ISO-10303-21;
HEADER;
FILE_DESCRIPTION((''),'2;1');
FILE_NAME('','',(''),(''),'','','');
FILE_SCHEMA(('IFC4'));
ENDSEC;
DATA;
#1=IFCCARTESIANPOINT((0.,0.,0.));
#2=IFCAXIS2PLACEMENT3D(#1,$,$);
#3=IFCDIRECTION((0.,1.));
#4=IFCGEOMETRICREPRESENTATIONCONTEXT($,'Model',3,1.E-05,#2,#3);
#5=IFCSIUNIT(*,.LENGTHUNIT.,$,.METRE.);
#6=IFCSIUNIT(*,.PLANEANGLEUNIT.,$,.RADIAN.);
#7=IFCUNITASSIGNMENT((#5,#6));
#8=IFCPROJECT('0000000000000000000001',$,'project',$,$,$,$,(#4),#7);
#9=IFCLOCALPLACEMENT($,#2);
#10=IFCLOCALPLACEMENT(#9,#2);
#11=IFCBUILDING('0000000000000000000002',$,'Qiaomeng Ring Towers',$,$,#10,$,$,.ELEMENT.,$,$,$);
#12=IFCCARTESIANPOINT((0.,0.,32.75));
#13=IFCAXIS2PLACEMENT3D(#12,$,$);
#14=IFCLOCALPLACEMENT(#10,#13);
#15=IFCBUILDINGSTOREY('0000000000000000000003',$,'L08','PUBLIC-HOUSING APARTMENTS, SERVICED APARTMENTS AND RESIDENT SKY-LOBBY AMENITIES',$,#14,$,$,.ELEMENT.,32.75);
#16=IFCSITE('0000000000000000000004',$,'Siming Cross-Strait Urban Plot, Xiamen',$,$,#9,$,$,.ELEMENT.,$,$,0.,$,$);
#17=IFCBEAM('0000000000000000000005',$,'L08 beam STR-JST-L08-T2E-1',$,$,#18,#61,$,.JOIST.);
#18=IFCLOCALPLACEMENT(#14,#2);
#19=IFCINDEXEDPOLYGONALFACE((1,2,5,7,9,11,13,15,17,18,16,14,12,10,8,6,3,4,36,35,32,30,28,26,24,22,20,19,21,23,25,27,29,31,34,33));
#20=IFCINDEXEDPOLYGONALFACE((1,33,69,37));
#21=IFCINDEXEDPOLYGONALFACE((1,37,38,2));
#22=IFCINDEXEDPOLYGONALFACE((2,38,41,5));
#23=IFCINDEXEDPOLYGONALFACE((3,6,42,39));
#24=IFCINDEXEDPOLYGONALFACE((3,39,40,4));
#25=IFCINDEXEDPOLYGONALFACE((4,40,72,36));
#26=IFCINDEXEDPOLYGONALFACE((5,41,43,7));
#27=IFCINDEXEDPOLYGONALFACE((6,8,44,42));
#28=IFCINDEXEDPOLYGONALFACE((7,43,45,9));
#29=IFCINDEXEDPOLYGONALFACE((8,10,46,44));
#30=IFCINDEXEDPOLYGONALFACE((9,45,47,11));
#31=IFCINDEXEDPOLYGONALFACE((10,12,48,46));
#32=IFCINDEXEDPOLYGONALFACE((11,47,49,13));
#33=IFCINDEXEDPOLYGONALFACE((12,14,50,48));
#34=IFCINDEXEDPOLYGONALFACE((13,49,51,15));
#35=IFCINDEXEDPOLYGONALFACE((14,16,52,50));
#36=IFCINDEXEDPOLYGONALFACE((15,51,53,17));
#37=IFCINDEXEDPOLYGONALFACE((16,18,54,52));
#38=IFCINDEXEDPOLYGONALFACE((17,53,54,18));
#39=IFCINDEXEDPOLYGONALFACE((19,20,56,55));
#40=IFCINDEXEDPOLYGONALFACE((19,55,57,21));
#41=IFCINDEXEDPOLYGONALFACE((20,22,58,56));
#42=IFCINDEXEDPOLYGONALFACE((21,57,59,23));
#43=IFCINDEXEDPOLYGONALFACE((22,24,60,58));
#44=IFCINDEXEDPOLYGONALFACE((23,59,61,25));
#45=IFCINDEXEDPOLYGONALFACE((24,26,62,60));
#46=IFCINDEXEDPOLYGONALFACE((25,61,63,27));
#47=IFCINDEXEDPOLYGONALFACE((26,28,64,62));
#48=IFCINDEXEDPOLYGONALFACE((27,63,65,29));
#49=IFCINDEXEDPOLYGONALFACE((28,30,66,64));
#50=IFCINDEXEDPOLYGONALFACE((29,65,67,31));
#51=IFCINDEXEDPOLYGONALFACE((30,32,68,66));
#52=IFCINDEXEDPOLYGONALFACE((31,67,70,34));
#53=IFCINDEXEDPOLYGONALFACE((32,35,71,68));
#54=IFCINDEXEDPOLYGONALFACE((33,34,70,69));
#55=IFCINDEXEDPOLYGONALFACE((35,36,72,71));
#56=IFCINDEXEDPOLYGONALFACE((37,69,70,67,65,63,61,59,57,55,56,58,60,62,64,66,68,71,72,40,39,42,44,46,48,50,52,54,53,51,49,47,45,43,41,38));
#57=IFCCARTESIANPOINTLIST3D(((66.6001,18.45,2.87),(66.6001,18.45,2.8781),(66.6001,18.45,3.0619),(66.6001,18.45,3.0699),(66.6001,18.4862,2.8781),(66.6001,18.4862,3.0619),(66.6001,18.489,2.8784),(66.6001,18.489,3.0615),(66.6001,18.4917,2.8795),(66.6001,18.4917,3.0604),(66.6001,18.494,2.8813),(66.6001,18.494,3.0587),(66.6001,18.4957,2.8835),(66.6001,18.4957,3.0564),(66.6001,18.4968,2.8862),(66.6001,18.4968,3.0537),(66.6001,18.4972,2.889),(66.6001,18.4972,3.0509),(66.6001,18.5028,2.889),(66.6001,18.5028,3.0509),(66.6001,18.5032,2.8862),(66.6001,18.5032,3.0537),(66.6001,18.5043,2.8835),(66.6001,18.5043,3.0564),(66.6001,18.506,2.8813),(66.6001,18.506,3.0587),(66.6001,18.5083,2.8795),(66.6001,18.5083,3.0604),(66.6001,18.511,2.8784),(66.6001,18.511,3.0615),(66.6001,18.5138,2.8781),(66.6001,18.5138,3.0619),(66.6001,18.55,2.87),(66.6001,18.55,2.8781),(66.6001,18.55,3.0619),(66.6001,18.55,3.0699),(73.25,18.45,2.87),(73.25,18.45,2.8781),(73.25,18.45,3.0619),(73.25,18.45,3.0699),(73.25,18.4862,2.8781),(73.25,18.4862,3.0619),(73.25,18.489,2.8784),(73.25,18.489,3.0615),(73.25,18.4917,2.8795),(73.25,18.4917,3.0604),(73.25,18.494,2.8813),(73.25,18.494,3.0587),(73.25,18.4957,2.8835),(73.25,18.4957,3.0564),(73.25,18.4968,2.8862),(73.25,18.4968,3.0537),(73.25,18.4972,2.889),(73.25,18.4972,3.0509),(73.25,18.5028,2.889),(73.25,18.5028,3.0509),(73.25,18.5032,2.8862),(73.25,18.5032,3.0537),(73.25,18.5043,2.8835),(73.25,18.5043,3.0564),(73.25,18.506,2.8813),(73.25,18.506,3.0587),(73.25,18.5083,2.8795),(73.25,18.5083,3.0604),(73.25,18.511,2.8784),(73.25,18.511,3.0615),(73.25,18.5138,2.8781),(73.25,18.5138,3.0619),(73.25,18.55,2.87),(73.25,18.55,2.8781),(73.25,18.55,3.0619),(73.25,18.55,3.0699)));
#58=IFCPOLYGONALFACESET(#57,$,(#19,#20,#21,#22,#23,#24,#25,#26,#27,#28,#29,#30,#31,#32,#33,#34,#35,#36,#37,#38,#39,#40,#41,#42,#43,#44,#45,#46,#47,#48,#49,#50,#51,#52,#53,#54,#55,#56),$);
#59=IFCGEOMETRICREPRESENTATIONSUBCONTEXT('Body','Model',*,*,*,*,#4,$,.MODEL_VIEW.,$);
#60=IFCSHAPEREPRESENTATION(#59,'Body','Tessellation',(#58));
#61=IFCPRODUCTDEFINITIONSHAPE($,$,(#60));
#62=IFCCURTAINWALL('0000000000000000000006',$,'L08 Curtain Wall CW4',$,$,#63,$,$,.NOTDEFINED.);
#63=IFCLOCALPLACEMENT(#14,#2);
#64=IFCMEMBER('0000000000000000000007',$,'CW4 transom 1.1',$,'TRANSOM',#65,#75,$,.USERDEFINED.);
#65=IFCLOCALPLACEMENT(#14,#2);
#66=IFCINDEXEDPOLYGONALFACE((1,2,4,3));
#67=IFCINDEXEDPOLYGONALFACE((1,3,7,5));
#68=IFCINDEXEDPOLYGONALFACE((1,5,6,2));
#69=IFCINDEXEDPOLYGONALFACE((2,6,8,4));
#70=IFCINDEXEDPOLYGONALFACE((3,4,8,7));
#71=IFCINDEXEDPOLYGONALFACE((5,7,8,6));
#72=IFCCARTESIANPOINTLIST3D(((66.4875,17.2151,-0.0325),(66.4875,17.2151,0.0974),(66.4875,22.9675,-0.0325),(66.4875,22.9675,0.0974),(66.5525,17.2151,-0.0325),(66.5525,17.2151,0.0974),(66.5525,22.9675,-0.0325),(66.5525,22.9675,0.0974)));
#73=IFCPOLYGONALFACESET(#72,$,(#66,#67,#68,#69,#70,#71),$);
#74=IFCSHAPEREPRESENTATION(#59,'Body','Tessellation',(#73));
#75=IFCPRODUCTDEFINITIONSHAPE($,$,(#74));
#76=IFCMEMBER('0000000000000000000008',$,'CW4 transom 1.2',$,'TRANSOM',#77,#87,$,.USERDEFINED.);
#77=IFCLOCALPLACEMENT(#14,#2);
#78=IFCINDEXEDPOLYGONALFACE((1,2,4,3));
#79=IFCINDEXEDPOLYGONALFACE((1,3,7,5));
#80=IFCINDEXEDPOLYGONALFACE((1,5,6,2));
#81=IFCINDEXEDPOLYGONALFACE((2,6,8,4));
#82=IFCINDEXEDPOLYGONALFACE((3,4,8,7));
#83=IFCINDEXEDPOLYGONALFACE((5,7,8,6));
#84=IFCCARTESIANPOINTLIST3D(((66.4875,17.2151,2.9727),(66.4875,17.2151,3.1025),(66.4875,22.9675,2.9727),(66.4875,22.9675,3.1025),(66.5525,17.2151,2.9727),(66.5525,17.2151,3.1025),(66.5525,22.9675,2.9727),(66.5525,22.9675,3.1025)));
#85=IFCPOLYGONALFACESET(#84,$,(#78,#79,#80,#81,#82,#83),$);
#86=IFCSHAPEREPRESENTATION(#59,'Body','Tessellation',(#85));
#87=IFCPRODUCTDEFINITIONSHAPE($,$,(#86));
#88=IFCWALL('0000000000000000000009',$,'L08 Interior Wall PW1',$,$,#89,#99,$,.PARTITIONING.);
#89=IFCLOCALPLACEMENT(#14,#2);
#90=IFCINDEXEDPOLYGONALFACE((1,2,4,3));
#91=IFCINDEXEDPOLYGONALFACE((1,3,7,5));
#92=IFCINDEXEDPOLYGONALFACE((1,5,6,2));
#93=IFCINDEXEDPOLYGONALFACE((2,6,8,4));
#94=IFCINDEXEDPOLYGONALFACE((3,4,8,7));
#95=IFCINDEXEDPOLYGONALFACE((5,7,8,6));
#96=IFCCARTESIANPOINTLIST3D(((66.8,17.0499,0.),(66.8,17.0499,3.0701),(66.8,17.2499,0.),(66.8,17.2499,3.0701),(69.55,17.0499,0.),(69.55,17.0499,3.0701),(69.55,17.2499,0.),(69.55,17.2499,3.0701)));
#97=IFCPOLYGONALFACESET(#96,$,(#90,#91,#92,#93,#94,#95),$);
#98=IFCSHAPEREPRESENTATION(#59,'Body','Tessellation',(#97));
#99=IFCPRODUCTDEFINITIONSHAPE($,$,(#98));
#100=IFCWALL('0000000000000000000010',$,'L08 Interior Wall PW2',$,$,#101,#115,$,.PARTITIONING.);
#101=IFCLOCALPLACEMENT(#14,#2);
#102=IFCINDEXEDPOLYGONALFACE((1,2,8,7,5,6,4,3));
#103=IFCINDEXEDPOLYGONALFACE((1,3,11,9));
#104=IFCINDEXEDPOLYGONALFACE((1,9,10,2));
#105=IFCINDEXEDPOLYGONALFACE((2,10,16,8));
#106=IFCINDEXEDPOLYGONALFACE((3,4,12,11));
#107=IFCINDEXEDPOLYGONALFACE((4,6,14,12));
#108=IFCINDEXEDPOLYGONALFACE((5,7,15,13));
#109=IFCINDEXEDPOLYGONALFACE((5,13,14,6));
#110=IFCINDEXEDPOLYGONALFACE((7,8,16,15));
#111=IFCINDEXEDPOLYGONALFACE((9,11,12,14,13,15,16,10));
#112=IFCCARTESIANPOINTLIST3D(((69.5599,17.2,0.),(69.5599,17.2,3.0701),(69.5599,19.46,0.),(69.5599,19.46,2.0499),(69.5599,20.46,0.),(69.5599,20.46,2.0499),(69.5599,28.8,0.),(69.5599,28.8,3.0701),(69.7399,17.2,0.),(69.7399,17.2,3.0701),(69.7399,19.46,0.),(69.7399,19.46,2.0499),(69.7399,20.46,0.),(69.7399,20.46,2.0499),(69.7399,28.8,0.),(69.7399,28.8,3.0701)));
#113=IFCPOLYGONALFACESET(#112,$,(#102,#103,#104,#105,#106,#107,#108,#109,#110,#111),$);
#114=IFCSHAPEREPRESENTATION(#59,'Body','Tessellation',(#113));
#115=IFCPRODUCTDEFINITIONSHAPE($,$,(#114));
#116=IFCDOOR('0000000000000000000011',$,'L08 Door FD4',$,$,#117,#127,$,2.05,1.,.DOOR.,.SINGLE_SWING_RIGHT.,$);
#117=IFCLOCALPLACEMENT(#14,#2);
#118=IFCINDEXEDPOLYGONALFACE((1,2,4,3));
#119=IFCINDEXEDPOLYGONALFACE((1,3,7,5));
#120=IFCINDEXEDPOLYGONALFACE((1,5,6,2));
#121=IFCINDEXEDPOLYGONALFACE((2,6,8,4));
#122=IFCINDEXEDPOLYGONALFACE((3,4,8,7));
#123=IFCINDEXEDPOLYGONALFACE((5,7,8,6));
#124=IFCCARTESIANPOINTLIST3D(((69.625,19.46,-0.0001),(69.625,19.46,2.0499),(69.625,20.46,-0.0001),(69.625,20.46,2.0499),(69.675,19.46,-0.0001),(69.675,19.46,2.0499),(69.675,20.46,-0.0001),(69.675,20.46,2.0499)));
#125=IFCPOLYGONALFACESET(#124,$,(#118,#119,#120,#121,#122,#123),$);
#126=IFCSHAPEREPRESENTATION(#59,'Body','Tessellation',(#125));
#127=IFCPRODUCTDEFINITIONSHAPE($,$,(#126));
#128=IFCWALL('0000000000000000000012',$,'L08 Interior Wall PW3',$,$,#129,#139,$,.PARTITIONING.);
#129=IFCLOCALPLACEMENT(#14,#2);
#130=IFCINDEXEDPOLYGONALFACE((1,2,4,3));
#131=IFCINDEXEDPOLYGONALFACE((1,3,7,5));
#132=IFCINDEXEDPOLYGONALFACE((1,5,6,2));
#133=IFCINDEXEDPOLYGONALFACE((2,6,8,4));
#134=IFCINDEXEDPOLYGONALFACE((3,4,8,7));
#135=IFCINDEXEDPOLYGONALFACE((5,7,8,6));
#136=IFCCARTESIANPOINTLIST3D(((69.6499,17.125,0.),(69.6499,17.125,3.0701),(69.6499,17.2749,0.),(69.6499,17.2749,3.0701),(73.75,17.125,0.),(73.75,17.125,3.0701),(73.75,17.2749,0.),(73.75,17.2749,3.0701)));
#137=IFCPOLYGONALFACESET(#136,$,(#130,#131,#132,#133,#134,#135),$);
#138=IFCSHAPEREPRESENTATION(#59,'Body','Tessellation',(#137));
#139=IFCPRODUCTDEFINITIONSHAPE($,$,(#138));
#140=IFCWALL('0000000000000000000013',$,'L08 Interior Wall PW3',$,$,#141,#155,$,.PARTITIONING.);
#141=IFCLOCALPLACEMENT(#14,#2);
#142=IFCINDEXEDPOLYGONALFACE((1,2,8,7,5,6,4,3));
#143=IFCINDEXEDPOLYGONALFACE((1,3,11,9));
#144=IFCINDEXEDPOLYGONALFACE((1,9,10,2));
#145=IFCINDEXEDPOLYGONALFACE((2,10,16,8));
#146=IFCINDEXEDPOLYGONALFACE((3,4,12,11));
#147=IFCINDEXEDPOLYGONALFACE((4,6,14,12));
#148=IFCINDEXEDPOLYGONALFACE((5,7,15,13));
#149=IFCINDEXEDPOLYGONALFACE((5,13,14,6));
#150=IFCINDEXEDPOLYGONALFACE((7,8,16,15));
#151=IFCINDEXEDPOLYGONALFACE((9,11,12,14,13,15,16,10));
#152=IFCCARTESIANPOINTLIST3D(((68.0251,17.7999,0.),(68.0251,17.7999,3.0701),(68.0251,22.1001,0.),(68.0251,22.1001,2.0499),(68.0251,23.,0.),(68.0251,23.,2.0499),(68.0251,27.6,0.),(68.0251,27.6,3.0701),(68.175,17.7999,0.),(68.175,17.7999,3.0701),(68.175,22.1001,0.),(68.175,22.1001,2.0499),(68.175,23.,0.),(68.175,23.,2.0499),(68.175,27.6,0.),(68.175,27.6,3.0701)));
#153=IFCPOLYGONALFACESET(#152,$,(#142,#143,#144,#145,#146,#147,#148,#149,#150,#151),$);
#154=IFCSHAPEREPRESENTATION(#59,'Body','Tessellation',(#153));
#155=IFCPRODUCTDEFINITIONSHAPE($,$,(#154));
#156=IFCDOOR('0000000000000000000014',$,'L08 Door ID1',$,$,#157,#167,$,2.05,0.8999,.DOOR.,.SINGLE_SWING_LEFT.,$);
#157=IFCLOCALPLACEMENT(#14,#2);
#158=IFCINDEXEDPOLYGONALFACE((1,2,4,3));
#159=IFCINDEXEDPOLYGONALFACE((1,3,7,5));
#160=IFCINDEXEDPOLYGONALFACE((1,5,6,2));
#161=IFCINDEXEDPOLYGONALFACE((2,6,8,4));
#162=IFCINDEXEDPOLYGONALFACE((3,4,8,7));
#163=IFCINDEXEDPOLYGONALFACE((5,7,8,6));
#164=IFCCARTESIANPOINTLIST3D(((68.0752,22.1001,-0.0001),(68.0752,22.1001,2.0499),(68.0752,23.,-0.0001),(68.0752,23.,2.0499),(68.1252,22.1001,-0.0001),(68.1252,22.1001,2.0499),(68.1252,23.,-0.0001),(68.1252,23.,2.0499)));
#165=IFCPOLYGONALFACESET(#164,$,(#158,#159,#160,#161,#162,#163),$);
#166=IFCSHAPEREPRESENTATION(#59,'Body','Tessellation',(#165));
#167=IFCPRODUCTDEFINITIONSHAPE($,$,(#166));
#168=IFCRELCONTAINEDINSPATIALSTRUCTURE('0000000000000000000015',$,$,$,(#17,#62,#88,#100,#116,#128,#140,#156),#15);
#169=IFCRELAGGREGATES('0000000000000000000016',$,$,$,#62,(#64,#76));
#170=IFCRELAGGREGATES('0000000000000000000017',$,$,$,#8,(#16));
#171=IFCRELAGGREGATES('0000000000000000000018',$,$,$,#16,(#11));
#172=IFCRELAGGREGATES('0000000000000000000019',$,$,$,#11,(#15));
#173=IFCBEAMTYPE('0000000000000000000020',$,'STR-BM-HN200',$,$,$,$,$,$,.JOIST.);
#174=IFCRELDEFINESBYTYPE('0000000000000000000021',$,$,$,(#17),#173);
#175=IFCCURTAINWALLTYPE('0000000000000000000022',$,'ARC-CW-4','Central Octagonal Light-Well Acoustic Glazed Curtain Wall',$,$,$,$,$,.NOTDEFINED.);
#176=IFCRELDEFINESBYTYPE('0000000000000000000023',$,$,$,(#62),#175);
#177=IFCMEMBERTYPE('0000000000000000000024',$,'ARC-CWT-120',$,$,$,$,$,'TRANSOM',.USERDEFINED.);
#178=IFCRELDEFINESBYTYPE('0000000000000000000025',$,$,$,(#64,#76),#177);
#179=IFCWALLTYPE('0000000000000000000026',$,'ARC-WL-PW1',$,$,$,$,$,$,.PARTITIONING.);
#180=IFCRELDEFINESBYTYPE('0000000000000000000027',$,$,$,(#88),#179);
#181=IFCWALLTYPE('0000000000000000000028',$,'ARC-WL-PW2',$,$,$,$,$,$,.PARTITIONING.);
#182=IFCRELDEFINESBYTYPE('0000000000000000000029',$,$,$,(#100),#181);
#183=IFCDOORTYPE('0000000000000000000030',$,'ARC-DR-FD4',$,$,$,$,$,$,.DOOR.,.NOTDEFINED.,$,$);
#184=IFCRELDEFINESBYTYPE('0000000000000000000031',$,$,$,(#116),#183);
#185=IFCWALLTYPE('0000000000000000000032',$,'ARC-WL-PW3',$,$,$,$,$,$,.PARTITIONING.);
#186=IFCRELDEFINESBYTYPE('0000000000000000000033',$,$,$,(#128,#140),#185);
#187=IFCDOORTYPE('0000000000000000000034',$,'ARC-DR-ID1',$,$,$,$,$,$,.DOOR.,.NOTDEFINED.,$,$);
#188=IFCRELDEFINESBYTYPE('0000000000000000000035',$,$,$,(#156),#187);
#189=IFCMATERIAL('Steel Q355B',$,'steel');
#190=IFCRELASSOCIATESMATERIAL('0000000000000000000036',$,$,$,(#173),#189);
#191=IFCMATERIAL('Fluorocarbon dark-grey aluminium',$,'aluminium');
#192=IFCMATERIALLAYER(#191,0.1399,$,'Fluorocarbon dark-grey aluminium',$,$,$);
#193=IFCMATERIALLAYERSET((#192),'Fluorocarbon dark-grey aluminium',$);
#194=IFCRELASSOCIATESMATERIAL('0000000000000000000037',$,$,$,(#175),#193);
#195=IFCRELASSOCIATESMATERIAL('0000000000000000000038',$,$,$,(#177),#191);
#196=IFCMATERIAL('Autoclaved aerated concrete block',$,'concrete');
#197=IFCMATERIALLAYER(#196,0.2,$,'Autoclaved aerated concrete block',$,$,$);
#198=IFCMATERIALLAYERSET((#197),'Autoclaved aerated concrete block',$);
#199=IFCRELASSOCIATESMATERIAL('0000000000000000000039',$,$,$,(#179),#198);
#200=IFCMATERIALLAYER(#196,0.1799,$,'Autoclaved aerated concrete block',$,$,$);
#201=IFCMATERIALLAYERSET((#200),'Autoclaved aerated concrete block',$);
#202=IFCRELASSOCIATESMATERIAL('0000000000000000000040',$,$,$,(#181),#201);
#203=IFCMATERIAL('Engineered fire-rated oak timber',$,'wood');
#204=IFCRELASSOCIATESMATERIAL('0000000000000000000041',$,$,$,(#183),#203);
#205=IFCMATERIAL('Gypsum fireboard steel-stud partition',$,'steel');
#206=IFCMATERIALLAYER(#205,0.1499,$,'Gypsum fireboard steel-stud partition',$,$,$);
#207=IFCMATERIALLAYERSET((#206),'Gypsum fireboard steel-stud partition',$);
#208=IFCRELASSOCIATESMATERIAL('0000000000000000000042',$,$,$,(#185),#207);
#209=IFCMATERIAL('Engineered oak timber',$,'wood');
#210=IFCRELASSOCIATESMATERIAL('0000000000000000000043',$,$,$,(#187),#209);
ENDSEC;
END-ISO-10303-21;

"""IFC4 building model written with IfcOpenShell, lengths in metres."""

from ifc_helpers import new_model, si_unit, direction, frame, frame_2d, origin, origin_2d, place, context, subcontext, project, spatial, rectangle, i_section, extrude, source, transform, mapped, material, layer, layer_set, material_profile, profile_set, type_object, element, fill, aggregate, save


model = new_model("IFC4")

# Units and contexts
model_context = context("Model", 3, precision=1e-05, world=origin(), true_north=direction((0.0, 1.0)))
body_context = subcontext(model_context, "Body", "Model", "MODEL_VIEW")
ifc_project = project(units=[si_unit("LENGTHUNIT", "METRE"), si_unit("PLANEANGLEUNIT", "RADIAN")], contexts=[model_context])

# Site, building, storey
site_placement = place(None, origin())
site = spatial("IfcSite", under=ifc_project, at=site_placement, Name="Siming Cross-Strait Urban Plot, Xiamen", CompositionType="ELEMENT", RefElevation=0.0)
building_placement = place(site_placement, origin())
building = spatial("IfcBuilding", under=site, at=building_placement, Name="Qiaomeng Ring Towers", CompositionType="ELEMENT")
storey_placement = place(building_placement, frame((0.0, 0.0, 32.75)))
storey = spatial("IfcBuildingStorey", under=building, at=storey_placement, Name="L08", Description="PUBLIC-HOUSING APARTMENTS, SERVICED APARTMENTS AND RESIDENT SKY-LOBBY AMENITIES", CompositionType="ELEMENT", Elevation=32.75)

# Beam
ifc_material_1 = material(Name="Steel Q355B", Category="steel")
ifc_material_profile_1 = material_profile(ifc_material_1, i_section(OverallWidth=0.1001, OverallDepth=0.2, WebThickness=0.0056, FlangeThickness=0.0081, FilletRadius=0.011, at=origin_2d()), Name="HN 200x100x5.5x8")
ifc_profile_set_1 = profile_set([ifc_material_profile_1], Name="Steel Q355B")
beam_type_1 = type_object("IfcBeamType", Name="STR-BM-HN200", PredefinedType="JOIST", material=ifc_profile_set_1)
shared_shape_1 = source(origin(), body_context, "Body", "SweptSolid", [
    extrude(i_section(OverallWidth=0.1001, OverallDepth=0.2, WebThickness=0.0056, FlangeThickness=0.0081, FilletRadius=0.011, at=origin_2d()), origin(), (0.0, 0.0, 1.0), 6.6499),
])
beam_1_placement = place(storey_placement, frame((66.6001, 18.5, 2.97), z_axis=(1.0, 0.0, 0.0), x_axis=(0.0, 1.0, 0.0)))
element("IfcBeam", 1, at=beam_1_placement, inside=storey, type_object=beam_type_1, Name="L08 beam STR-JST-L08-T2E-1", PredefinedType="JOIST", context=body_context, shape_type="MappedRepresentation", body=[
    mapped(shared_shape_1, transform((0.0, 0.0, 0.0), x_axis=(1.0, 0.0, 0.0), y_axis=(0.0, 1.0, 0.0), z_axis=(0.0, 0.0, 1.0), scale=1.0)),
])

# Curtain wall, members
ifc_material_2 = material(Name="Fluorocarbon dark-grey aluminium", Category="aluminium")
ifc_layer_1 = layer(ifc_material_2, 0.1399, Name="Fluorocarbon dark-grey aluminium")
ifc_layer_set_1 = layer_set([ifc_layer_1], Name="Fluorocarbon dark-grey aluminium")
curtain_wall_type = type_object("IfcCurtainWallType", Name="ARC-CW-4", Description="Central Octagonal Light-Well Acoustic Glazed Curtain Wall", PredefinedType="NOTDEFINED", material=ifc_layer_set_1)
curtain_wall_placement = place(storey_placement, origin())
curtain_wall = element("IfcCurtainWall", 2, at=curtain_wall_placement, inside=storey, type_object=curtain_wall_type, Name="L08 Curtain Wall CW4", PredefinedType="NOTDEFINED")
ifc_material_profile_2 = material_profile(ifc_material_2, rectangle(XDim=0.0649, YDim=0.1299, at=origin_2d()), Name="ALU TRAN 65x130")
ifc_profile_set_2 = profile_set([ifc_material_profile_2], Name="Fluorocarbon dark-grey aluminium")
member_type = type_object("IfcMemberType", Name="ARC-CWT-120", ElementType="TRANSOM", PredefinedType="USERDEFINED", material=ifc_profile_set_2)
shared_shape_2 = source(origin(), body_context, "Body", "SweptSolid", [
    extrude(rectangle(XDim=0.0649, YDim=0.1299, at=origin_2d()), origin(), (0.0, 0.0, 1.0), 5.7524),
])
member_1_placement = place(storey_placement, frame((66.52, 17.2151, 0.0325), z_axis=(0.0, 1.0, 0.0), x_axis=(-1.0, 0.0, 0.0)))
member_1 = element("IfcMember", 3, at=member_1_placement, type_object=member_type, Name="CW4 transom 1.1", ObjectType="TRANSOM", PredefinedType="USERDEFINED", context=body_context, shape_type="MappedRepresentation", body=[
    mapped(shared_shape_2, transform((0.0, 0.0, 0.0), x_axis=(1.0, 0.0, 0.0), y_axis=(0.0, 1.0, 0.0), z_axis=(0.0, 0.0, 1.0), scale=1.0)),
])
member_2_placement = place(storey_placement, frame((66.52, 17.2151, 3.0376), z_axis=(0.0, 1.0, 0.0), x_axis=(-1.0, 0.0, 0.0)))
member_2 = element("IfcMember", 4, at=member_2_placement, type_object=member_type, Name="CW4 transom 1.2", ObjectType="TRANSOM", PredefinedType="USERDEFINED", context=body_context, shape_type="MappedRepresentation", body=[
    mapped(shared_shape_2, transform((0.0, 0.0, 0.0), x_axis=(1.0, 0.0, 0.0), y_axis=(0.0, 1.0, 0.0), z_axis=(0.0, 0.0, 1.0), scale=1.0)),
])
aggregate(curtain_wall, [member_1, member_2])

# Wall
ifc_material_3 = material(Name="Autoclaved aerated concrete block", Category="concrete")
ifc_layer_2 = layer(ifc_material_3, 0.2, Name="Autoclaved aerated concrete block")
ifc_layer_set_2 = layer_set([ifc_layer_2], Name="Autoclaved aerated concrete block")
wall_type_1 = type_object("IfcWallType", Name="ARC-WL-PW1", PredefinedType="PARTITIONING", material=ifc_layer_set_2)
wall_1_placement = place(storey_placement, frame((66.8, 17.1499, 0.0), z_axis=(0.0, 0.0, 1.0), x_axis=(1.0, 0.0, 0.0)))
element("IfcWall", 5, at=wall_1_placement, inside=storey, type_object=wall_type_1, Name="L08 Interior Wall PW1", PredefinedType="PARTITIONING", context=body_context, shape_type="SweptSolid", body=[
    extrude(rectangle(XDim=2.75, YDim=0.2, at=frame_2d((1.375, 0.0))), origin(), (0.0, 0.0, 1.0), 3.0701),
])

# Wall, opening, door
ifc_layer_3 = layer(ifc_material_3, 0.1799, Name="Autoclaved aerated concrete block")
ifc_layer_set_3 = layer_set([ifc_layer_3], Name="Autoclaved aerated concrete block")
wall_type_2 = type_object("IfcWallType", Name="ARC-WL-PW2", PredefinedType="PARTITIONING", material=ifc_layer_set_3)
wall_2_placement = place(storey_placement, frame((69.6499, 17.2, 0.0), z_axis=(0.0, 0.0, 1.0), x_axis=(0.0, 1.0, 0.0)))
wall_2 = element("IfcWall", 6, at=wall_2_placement, inside=storey, type_object=wall_type_2, Name="L08 Interior Wall PW2", PredefinedType="PARTITIONING", context=body_context, shape_type="SweptSolid", body=[
    extrude(rectangle(XDim=11.6001, YDim=0.1799, at=frame_2d((5.8, 0.0))), origin(), (0.0, 0.0, 1.0), 3.0701),
])
opening_1_placement = place(wall_2_placement, frame((2.26, 0.0, 0.0)))
opening_1 = element("IfcOpeningElement", 7, at=opening_1_placement, cuts=wall_2, PredefinedType="OPENING", context=body_context, shape_type="SweptSolid", body=[
    extrude(rectangle(XDim=1.0, YDim=2.05, at=frame_2d((0.5, 1.0249))), frame((0.0, 0.0999, 0.0), z_axis=(0.0, -1.0, 0.0), x_axis=(1.0, 0.0, 0.0)), (0.0, 0.0, 1.0), 0.2),
])
ifc_material_4 = material(Name="Engineered fire-rated oak timber", Category="wood")
door_type_1 = type_object("IfcDoorType", Name="ARC-DR-FD4", OperationType="NOTDEFINED", PredefinedType="DOOR", material=ifc_material_4)
shared_shape_3 = source(origin(), body_context, "Body", "SweptSolid", [
    extrude(rectangle(XDim=1.0, YDim=2.05, at=frame_2d((0.5, 1.0249))), frame((0.0, 0.0249, 0.0), z_axis=(0.0, -1.0, 0.0), x_axis=(1.0, 0.0, 0.0)), (0.0, 0.0, 1.0), 0.05),
])
door_1_placement = place(opening_1_placement, origin())
door_1 = element("IfcDoor", 8, at=door_1_placement, inside=storey, type_object=door_type_1, Name="L08 Door FD4", OperationType="SINGLE_SWING_RIGHT", OverallHeight=2.05, OverallWidth=1.0, PredefinedType="DOOR", context=body_context, shape_type="MappedRepresentation", body=[
    mapped(shared_shape_3, transform((0.0, 0.0, 0.0), x_axis=(1.0, 0.0, 0.0), y_axis=(0.0, 1.0, 0.0), z_axis=(0.0, 0.0, 1.0), scale=1.0)),
])
fill(opening_1, door_1)

# Wall
ifc_material_5 = material(Name="Gypsum fireboard steel-stud partition", Category="steel")
ifc_layer_4 = layer(ifc_material_5, 0.1499, Name="Gypsum fireboard steel-stud partition")
ifc_layer_set_4 = layer_set([ifc_layer_4], Name="Gypsum fireboard steel-stud partition")
wall_type_3 = type_object("IfcWallType", Name="ARC-WL-PW3", PredefinedType="PARTITIONING", material=ifc_layer_set_4)
wall_3_placement = place(storey_placement, frame((69.6499, 17.2, 0.0), z_axis=(0.0, 0.0, 1.0), x_axis=(1.0, 0.0, 0.0)))
element("IfcWall", 9, at=wall_3_placement, inside=storey, type_object=wall_type_3, Name="L08 Interior Wall PW3", PredefinedType="PARTITIONING", context=body_context, shape_type="SweptSolid", body=[
    extrude(rectangle(XDim=4.1001, YDim=0.1499, at=frame_2d((2.05, 0.0))), origin(), (0.0, 0.0, 1.0), 3.0701),
])

# Wall, opening, door
wall_4_placement = place(storey_placement, frame((68.1001, 17.8, 0.0), z_axis=(0.0, 0.0, 1.0), x_axis=(0.0, 1.0, 0.0)))
wall_4 = element("IfcWall", 10, at=wall_4_placement, inside=storey, type_object=wall_type_3, Name="L08 Interior Wall PW3", PredefinedType="PARTITIONING", context=body_context, shape_type="SweptSolid", body=[
    extrude(rectangle(XDim=9.8, YDim=0.1499, at=frame_2d((4.8999, 0.0))), origin(), (0.0, 0.0, 1.0), 3.0701),
])
opening_2_placement = place(wall_4_placement, frame((4.3, 0.0, 0.0)))
opening_2 = element("IfcOpeningElement", 11, at=opening_2_placement, cuts=wall_4, PredefinedType="OPENING", context=body_context, shape_type="SweptSolid", body=[
    extrude(rectangle(XDim=0.8999, YDim=2.05, at=frame_2d((0.45, 1.0249))), frame((0.0, 0.085, 0.0), z_axis=(0.0, -1.0, 0.0), x_axis=(1.0, 0.0, 0.0)), (0.0, 0.0, 1.0), 0.1699),
])
ifc_material_6 = material(Name="Engineered oak timber", Category="wood")
door_type_2 = type_object("IfcDoorType", Name="ARC-DR-ID1", OperationType="NOTDEFINED", PredefinedType="DOOR", material=ifc_material_6)
shared_shape_4 = source(origin(), body_context, "Body", "SweptSolid", [
    extrude(rectangle(XDim=0.8999, YDim=2.05, at=frame_2d((0.45, 1.0249))), frame((0.0, 0.0249, 0.0), z_axis=(0.0, -1.0, 0.0), x_axis=(1.0, 0.0, 0.0)), (0.0, 0.0, 1.0), 0.05),
])
door_2_placement = place(opening_2_placement, origin())
door_2 = element("IfcDoor", 12, at=door_2_placement, inside=storey, type_object=door_type_2, Name="L08 Door ID1", OperationType="SINGLE_SWING_LEFT", OverallHeight=2.05, OverallWidth=0.8999, PredefinedType="DOOR", context=body_context, shape_type="MappedRepresentation", body=[
    mapped(shared_shape_4, transform((0.0, 0.0, 0.0), x_axis=(1.0, 0.0, 0.0), y_axis=(0.0, 1.0, 0.0), z_axis=(0.0, 0.0, 1.0), scale=1.0)),
])
fill(opening_2, door_2)

save(model, "model.ifc")
